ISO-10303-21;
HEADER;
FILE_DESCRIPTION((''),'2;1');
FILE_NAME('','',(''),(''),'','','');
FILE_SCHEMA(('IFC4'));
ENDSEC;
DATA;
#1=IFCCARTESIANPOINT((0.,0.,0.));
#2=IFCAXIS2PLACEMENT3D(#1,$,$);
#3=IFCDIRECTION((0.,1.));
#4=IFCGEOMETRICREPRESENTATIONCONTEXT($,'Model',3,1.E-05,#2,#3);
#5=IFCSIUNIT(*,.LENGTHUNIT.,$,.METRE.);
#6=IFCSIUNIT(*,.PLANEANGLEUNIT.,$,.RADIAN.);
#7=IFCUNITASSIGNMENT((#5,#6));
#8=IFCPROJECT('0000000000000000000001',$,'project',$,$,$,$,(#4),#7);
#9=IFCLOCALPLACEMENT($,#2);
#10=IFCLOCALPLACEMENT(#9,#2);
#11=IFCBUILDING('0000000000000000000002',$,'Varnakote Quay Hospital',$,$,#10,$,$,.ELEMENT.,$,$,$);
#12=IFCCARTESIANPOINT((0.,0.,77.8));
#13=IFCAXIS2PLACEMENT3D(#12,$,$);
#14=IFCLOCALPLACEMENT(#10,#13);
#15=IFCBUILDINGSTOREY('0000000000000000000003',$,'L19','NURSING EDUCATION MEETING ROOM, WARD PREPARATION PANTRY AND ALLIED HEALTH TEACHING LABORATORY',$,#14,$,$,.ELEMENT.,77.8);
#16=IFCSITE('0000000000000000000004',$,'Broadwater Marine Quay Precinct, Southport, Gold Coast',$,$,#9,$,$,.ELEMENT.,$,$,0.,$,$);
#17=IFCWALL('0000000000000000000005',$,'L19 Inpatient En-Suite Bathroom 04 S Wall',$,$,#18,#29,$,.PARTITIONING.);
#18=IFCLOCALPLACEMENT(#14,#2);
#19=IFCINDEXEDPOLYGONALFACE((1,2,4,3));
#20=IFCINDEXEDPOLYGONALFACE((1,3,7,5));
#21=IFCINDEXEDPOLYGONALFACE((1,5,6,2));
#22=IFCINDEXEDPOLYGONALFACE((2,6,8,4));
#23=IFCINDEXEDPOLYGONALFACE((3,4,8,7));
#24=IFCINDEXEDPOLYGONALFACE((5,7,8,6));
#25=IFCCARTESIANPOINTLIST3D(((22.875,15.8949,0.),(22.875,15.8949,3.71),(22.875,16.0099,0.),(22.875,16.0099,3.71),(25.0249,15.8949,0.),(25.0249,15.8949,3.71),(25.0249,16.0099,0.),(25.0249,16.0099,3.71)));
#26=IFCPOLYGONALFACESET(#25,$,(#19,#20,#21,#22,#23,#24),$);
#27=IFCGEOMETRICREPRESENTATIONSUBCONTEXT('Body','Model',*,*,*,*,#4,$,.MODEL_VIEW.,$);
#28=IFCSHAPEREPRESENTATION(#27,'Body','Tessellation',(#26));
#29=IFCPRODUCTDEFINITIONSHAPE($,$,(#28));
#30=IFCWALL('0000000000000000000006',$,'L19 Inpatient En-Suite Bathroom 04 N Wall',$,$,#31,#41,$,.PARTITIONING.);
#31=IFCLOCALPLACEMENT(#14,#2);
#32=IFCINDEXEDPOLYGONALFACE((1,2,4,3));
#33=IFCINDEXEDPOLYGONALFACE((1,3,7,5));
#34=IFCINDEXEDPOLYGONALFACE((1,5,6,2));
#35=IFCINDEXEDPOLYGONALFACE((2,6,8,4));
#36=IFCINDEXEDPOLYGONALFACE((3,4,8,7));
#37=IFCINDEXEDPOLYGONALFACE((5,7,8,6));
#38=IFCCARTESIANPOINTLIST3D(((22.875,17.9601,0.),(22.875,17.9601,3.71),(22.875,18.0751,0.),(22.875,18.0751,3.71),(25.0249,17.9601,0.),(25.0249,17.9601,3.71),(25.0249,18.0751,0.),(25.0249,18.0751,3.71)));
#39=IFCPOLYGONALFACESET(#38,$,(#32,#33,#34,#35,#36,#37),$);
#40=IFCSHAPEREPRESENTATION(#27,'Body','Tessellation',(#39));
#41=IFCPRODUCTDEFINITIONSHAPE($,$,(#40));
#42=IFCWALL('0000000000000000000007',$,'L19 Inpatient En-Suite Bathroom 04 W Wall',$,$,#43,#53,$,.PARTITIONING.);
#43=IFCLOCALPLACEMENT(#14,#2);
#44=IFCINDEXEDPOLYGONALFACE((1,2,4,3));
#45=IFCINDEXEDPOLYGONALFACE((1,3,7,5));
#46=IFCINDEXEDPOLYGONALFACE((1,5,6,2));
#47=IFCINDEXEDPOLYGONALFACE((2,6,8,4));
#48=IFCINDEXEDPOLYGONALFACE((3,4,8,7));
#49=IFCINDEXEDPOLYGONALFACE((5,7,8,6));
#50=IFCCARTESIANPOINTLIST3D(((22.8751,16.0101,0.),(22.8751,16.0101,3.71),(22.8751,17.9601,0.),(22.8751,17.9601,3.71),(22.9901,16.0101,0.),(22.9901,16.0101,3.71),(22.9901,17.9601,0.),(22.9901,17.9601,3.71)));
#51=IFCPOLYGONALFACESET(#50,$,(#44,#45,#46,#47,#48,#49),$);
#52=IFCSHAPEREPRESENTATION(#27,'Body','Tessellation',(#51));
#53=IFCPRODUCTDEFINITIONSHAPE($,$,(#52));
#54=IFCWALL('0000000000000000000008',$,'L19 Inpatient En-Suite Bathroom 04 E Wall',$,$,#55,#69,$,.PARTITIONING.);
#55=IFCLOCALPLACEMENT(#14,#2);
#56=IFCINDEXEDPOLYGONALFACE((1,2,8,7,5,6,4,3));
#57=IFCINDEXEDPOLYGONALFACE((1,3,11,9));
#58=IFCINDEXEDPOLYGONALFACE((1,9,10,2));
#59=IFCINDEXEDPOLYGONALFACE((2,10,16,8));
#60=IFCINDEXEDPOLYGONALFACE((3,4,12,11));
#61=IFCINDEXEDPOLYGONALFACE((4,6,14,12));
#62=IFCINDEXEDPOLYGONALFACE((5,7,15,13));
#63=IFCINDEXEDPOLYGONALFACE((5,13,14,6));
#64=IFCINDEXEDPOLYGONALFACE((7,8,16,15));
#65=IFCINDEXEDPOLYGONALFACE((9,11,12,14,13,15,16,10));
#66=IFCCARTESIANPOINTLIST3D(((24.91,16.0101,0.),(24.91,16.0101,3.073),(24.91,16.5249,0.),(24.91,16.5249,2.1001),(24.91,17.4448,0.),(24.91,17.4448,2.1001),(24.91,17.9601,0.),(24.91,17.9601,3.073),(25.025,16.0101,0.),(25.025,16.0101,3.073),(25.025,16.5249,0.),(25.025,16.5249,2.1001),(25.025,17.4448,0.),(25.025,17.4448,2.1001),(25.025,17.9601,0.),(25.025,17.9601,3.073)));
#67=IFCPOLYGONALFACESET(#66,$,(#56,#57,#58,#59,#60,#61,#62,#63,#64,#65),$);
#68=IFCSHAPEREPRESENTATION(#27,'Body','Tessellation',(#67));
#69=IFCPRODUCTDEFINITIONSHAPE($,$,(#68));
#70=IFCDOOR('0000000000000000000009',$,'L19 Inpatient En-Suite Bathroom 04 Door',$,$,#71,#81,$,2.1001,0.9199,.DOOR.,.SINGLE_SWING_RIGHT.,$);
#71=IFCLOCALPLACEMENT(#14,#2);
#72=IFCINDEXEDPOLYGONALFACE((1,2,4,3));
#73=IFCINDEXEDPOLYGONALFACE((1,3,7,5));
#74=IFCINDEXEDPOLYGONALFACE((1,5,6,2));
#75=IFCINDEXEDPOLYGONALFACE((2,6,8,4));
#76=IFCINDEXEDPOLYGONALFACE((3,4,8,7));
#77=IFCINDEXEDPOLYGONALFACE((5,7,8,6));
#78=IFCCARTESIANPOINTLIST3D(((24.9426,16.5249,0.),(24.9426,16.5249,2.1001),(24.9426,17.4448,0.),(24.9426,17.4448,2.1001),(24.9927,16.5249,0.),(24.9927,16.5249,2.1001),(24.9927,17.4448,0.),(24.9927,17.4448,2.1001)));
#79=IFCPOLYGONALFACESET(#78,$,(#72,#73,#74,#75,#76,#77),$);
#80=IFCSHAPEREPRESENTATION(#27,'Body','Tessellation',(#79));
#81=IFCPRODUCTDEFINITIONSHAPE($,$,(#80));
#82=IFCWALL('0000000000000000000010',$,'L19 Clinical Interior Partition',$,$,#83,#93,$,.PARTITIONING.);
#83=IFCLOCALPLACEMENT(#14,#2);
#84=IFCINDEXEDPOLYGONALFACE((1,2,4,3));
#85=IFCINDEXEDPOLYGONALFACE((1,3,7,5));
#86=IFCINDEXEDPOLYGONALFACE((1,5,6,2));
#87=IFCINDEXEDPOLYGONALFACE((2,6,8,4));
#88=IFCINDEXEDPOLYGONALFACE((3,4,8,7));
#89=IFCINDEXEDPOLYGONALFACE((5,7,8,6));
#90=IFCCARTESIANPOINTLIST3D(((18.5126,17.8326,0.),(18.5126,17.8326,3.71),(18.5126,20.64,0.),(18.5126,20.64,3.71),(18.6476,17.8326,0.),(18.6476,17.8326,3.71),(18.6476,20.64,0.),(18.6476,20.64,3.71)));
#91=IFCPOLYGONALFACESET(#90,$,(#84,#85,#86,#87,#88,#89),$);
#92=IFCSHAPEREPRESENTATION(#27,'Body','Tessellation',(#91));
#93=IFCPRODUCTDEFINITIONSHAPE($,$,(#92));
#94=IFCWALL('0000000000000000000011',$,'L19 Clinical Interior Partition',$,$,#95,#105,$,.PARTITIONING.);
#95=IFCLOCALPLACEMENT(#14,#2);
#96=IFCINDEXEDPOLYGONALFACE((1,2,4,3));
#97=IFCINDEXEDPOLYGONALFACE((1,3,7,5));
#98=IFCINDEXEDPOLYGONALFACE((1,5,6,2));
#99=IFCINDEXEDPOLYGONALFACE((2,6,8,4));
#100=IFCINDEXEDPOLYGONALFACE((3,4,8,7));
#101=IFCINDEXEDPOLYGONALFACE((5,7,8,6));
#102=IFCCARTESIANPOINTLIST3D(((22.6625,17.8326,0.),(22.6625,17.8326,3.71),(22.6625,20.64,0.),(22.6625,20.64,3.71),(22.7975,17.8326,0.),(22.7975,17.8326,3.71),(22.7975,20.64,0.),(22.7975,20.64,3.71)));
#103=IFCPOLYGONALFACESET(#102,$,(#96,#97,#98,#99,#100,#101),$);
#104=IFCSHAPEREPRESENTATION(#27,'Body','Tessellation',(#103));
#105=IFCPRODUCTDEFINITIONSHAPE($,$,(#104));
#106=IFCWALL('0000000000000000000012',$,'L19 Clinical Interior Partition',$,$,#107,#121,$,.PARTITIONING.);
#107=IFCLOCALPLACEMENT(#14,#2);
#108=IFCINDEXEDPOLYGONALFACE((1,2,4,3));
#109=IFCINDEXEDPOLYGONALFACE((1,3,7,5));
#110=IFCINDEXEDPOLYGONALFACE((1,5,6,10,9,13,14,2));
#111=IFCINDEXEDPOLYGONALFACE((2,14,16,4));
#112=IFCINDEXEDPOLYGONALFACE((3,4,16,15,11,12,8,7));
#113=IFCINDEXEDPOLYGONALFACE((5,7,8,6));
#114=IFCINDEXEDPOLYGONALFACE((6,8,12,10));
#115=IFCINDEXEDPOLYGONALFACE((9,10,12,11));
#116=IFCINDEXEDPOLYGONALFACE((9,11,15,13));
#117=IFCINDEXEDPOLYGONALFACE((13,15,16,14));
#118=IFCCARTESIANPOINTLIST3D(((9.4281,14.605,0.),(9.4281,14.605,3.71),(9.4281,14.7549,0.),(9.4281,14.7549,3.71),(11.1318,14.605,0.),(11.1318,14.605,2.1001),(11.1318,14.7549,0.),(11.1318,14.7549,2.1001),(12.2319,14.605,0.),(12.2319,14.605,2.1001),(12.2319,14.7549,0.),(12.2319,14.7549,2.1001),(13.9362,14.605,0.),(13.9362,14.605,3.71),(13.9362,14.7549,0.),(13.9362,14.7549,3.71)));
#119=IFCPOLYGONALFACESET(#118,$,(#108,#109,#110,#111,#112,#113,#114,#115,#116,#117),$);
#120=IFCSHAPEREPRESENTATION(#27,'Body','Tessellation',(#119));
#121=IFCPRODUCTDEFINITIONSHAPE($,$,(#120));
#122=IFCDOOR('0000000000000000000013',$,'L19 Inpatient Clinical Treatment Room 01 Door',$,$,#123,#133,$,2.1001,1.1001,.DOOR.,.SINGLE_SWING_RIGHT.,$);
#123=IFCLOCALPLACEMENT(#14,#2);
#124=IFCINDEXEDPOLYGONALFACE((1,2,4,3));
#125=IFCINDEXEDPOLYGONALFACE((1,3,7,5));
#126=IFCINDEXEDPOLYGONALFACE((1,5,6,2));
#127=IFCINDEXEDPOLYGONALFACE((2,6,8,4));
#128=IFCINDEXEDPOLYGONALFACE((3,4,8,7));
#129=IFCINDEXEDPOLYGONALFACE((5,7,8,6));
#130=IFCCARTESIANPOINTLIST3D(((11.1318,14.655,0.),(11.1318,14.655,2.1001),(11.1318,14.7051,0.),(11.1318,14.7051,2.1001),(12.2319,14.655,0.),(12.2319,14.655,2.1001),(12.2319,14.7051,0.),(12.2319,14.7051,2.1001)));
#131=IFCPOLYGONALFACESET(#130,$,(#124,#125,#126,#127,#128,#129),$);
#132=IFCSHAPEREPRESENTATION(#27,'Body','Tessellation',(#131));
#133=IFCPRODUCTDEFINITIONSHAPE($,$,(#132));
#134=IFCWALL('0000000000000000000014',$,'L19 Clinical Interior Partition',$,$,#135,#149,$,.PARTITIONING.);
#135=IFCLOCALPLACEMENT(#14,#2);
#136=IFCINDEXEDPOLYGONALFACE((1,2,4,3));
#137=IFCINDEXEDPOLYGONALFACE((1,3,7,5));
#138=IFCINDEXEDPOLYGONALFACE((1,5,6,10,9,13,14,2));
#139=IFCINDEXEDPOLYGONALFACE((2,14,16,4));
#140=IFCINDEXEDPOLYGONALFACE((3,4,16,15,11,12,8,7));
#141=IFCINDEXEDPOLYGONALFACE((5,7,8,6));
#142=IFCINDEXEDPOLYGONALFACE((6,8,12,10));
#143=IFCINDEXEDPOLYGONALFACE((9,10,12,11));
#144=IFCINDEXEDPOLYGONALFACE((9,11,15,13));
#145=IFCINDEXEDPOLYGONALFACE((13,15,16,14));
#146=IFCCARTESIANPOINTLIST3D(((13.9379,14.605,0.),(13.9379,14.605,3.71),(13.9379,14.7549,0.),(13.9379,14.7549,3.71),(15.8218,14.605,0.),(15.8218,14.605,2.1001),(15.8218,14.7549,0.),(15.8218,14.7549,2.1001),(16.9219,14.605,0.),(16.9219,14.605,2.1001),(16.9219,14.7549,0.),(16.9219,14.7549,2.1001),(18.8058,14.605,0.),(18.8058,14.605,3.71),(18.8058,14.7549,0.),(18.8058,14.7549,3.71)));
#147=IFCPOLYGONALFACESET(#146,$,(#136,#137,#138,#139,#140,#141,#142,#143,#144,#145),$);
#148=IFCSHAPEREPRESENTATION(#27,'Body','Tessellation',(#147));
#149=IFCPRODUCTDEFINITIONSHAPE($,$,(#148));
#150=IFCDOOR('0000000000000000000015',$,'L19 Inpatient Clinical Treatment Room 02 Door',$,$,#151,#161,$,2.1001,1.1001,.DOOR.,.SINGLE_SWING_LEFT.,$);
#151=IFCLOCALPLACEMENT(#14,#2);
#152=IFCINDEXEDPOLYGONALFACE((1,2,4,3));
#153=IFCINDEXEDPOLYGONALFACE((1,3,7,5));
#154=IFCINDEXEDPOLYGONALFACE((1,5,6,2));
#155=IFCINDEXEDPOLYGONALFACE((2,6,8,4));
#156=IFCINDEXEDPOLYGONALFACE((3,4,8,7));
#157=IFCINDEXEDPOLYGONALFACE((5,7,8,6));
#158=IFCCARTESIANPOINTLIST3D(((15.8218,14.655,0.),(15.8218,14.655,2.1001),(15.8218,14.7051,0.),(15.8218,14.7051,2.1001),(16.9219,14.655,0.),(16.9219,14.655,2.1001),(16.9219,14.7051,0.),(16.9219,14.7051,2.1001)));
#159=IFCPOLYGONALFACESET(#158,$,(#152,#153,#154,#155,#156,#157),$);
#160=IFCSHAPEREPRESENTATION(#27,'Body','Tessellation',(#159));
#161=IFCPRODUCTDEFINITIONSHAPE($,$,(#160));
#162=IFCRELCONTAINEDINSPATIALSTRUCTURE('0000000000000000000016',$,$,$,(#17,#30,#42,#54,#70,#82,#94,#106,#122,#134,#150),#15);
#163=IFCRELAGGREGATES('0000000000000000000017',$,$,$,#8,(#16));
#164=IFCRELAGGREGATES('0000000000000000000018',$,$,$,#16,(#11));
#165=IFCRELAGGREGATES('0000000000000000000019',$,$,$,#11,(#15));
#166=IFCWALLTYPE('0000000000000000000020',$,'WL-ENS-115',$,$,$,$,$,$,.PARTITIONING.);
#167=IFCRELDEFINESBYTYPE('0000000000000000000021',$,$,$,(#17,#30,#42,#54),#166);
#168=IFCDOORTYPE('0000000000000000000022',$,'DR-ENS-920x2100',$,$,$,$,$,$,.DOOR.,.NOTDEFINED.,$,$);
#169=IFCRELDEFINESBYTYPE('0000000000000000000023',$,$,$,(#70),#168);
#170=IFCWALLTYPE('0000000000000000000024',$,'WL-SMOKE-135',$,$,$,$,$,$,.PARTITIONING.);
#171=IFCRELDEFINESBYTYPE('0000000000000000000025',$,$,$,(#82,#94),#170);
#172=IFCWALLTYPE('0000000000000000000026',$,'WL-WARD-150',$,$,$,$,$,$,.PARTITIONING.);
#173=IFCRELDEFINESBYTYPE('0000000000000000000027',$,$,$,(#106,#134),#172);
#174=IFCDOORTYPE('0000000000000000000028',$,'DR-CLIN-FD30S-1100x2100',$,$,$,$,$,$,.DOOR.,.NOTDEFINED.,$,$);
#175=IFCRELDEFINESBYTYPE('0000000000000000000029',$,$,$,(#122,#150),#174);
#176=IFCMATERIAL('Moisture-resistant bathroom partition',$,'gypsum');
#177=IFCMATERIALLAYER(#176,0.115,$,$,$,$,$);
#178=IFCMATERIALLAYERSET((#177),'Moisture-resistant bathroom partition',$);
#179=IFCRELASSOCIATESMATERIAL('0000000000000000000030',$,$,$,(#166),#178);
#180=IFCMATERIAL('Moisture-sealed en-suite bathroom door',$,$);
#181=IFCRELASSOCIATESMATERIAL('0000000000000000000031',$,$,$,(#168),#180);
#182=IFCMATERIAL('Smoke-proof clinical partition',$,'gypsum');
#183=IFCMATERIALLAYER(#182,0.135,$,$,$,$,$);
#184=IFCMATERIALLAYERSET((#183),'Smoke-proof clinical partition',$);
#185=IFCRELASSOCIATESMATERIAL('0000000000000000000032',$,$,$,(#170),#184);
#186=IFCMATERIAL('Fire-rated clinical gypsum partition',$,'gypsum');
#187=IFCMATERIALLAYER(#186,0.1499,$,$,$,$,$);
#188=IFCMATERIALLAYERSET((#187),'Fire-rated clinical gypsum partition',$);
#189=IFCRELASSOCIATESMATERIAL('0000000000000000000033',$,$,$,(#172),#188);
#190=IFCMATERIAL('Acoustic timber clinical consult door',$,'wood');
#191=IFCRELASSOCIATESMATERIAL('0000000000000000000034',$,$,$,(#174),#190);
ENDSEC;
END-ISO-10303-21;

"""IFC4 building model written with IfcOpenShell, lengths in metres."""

from ifc_helpers import new_model, si_unit, direction, frame, frame_2d, origin, place, context, subcontext, project, spatial, rectangle, extrude, material, layer, layer_set, type_object, element, fill, save


model = new_model("IFC4")

# Units and contexts
model_context = context("Model", 3, precision=1e-05, world=origin(), true_north=direction((0.0, 1.0)))
body_context = subcontext(model_context, "Body", "Model", "MODEL_VIEW")
ifc_project = project(units=[si_unit("LENGTHUNIT", "METRE"), si_unit("PLANEANGLEUNIT", "RADIAN")], contexts=[model_context])

# Site, building, storey
site_placement = place(None, origin())
site = spatial("IfcSite", under=ifc_project, at=site_placement, Name="Broadwater Marine Quay Precinct, Southport, Gold Coast", CompositionType="ELEMENT", RefElevation=0.0)
building_placement = place(site_placement, origin())
building = spatial("IfcBuilding", under=site, at=building_placement, Name="Varnakote Quay Hospital", CompositionType="ELEMENT")
storey_placement = place(building_placement, frame((0.0, 0.0, 77.8)))
storey = spatial("IfcBuildingStorey", under=building, at=storey_placement, Name="L19", Description="NURSING EDUCATION MEETING ROOM, WARD PREPARATION PANTRY AND ALLIED HEALTH TEACHING LABORATORY", CompositionType="ELEMENT", Elevation=77.8)

# Shared definitions
ifc_material_1 = material(Name="Moisture-resistant bathroom partition", Category="gypsum")
ifc_layer_1 = layer(ifc_material_1, 0.115)
ifc_layer_set_1 = layer_set([ifc_layer_1], Name="Moisture-resistant bathroom partition")
wall_type_1 = type_object("IfcWallType", Name="WL-ENS-115", PredefinedType="PARTITIONING", material=ifc_layer_set_1)

# Shared definitions
ifc_material_2 = material(Name="Moisture-sealed en-suite bathroom door")
door_type_1 = type_object("IfcDoorType", Name="DR-ENS-920x2100", OperationType="NOTDEFINED", PredefinedType="DOOR", material=ifc_material_2)

# Walls
for number, where, z_axis, x_axis, name in (
    (1, (22.875, 15.9524, 0.0), (0.0, 0.0, 1.0), (1.0, 0.0, 0.0), "L19 Inpatient En-Suite Bathroom 04 S Wall"),
    (2, (22.875, 18.0176, 0.0), (0.0, 0.0, 1.0), (1.0, 0.0, 0.0), "L19 Inpatient En-Suite Bathroom 04 N Wall"),
):
    element("IfcWall", number, at=place(storey_placement, frame(where, z_axis=z_axis, x_axis=x_axis)), inside=storey, type_object=wall_type_1, Name=name, PredefinedType="PARTITIONING", context=body_context, shape_type="SweptSolid", body=[
        extrude(rectangle(XDim=2.1499, YDim=0.115, at=frame_2d((1.075, 0.0))), origin(), (0.0, 0.0, 1.0), 3.71),
    ])
wall_1_placement = place(storey_placement, frame((22.9326, 16.01, 0.0), z_axis=(0.0, 0.0, 1.0), x_axis=(0.0, 1.0, 0.0)))
element("IfcWall", 3, at=wall_1_placement, inside=storey, type_object=wall_type_1, Name="L19 Inpatient En-Suite Bathroom 04 W Wall", PredefinedType="PARTITIONING", context=body_context, shape_type="SweptSolid", body=[
    extrude(rectangle(XDim=1.95, YDim=0.115, at=frame_2d((0.9751, 0.0))), origin(), (0.0, 0.0, 1.0), 3.71),
])

# Wall, opening, door
wall_2_placement = place(storey_placement, frame((24.9675, 16.01, 0.0), z_axis=(0.0, 0.0, 1.0), x_axis=(0.0, 1.0, 0.0)))
wall_2 = element("IfcWall", 4, at=wall_2_placement, inside=storey, type_object=wall_type_1, Name="L19 Inpatient En-Suite Bathroom 04 E Wall", PredefinedType="PARTITIONING", context=body_context, shape_type="SweptSolid", body=[
    extrude(rectangle(XDim=1.95, YDim=0.115, at=frame_2d((0.9751, 0.0))), origin(), (0.0, 0.0, 1.0), 3.073),
])
opening_1_placement = place(wall_2_placement, frame((0.5149, 0.0, 0.0)))
opening_1 = element("IfcOpeningElement", 5, at=opening_1_placement, cuts=wall_2, PredefinedType="OPENING", context=body_context, shape_type="SweptSolid", body=[
    extrude(rectangle(XDim=0.9199, YDim=2.1001, at=frame_2d((0.46, 1.05))), frame((0.0, 0.0674, 0.0), z_axis=(0.0, -1.0, 0.0), x_axis=(1.0, 0.0, 0.0)), (0.0, 0.0, 1.0), 0.135),
])
door_1_placement = place(opening_1_placement, origin())
door_1 = element("IfcDoor", 6, at=door_1_placement, inside=storey, type_object=door_type_1, Name="L19 Inpatient En-Suite Bathroom 04 Door", OperationType="SINGLE_SWING_RIGHT", OverallHeight=2.1001, OverallWidth=0.9199, PredefinedType="DOOR", context=body_context, shape_type="SweptSolid", body=[
    extrude(rectangle(XDim=0.9199, YDim=2.1001, at=frame_2d((0.46, 1.05))), frame((0.0, 0.0249, 0.0), z_axis=(0.0, -1.0, 0.0), x_axis=(1.0, 0.0, 0.0)), (0.0, 0.0, 1.0), 0.05),
])
fill(opening_1, door_1)

# Walls
ifc_material_3 = material(Name="Smoke-proof clinical partition", Category="gypsum")
ifc_layer_2 = layer(ifc_material_3, 0.135)
ifc_layer_set_2 = layer_set([ifc_layer_2], Name="Smoke-proof clinical partition")
wall_type_2 = type_object("IfcWallType", Name="WL-SMOKE-135", PredefinedType="PARTITIONING", material=ifc_layer_set_2)
for number, where, z_axis, x_axis, name in (
    (7, (18.5801, 17.8325, 0.0), (0.0, 0.0, 1.0), (0.0, 1.0, 0.0), "L19 Clinical Interior Partition"),
    (8, (22.73, 17.8325, 0.0), (0.0, 0.0, 1.0), (0.0, 1.0, 0.0), "L19 Clinical Interior Partition"),
):
    element("IfcWall", number, at=place(storey_placement, frame(where, z_axis=z_axis, x_axis=x_axis)), inside=storey, type_object=wall_type_2, Name=name, PredefinedType="PARTITIONING", context=body_context, shape_type="SweptSolid", body=[
        extrude(rectangle(XDim=2.8074, YDim=0.135, at=frame_2d((1.4038, 0.0))), origin(), (0.0, 0.0, 1.0), 3.71),
    ])

# Walls, openings, doors
ifc_material_4 = material(Name="Fire-rated clinical gypsum partition", Category="gypsum")
ifc_layer_3 = layer(ifc_material_4, 0.1499)
ifc_layer_set_3 = layer_set([ifc_layer_3], Name="Fire-rated clinical gypsum partition")
wall_type_3 = type_object("IfcWallType", Name="WL-WARD-150", PredefinedType="PARTITIONING", material=ifc_layer_set_3)
wall_3_placement = place(storey_placement, frame((13.936, 14.6799, 0.0), z_axis=(0.0, 0.0, 1.0), x_axis=(-1.0, 0.0, 0.0)))
wall_3 = element("IfcWall", 9, at=wall_3_placement, inside=storey, type_object=wall_type_3, Name="L19 Clinical Interior Partition", PredefinedType="PARTITIONING", context=body_context, shape_type="SweptSolid", body=[
    extrude(rectangle(XDim=4.5081, YDim=0.1499, at=frame_2d((2.2539, 0.0))), origin(), (0.0, 0.0, 1.0), 3.71),
])
opening_2_placement = place(wall_3_placement, frame((1.7041, 0.0, 0.0)))
opening_2 = element("IfcOpeningElement", 10, at=opening_2_placement, cuts=wall_3, PredefinedType="OPENING", context=body_context, shape_type="SweptSolid", body=[
    extrude(rectangle(XDim=1.1001, YDim=2.1001, at=frame_2d((0.55, 1.05))), frame((0.0, 0.085, 0.0), z_axis=(0.0, -1.0, 0.0), x_axis=(1.0, 0.0, 0.0)), (0.0, 0.0, 1.0), 0.1699),
])
ifc_material_5 = material(Name="Acoustic timber clinical consult door", Category="wood")
door_type_2 = type_object("IfcDoorType", Name="DR-CLIN-FD30S-1100x2100", OperationType="NOTDEFINED", PredefinedType="DOOR", material=ifc_material_5)
door_2_placement = place(opening_2_placement, origin())
door_2 = element("IfcDoor", 11, at=door_2_placement, inside=storey, type_object=door_type_2, Name="L19 Inpatient Clinical Treatment Room 01 Door", OperationType="SINGLE_SWING_RIGHT", OverallHeight=2.1001, OverallWidth=1.1001, PredefinedType="DOOR", context=body_context, shape_type="SweptSolid", body=[
    extrude(rectangle(XDim=1.1001, YDim=2.1001, at=frame_2d((0.55, 1.05))), frame((0.0, 0.0249, 0.0), z_axis=(0.0, -1.0, 0.0), x_axis=(1.0, 0.0, 0.0)), (0.0, 0.0, 1.0), 0.05),
])
fill(opening_2, door_2)
wall_4_placement = place(storey_placement, frame((18.8059, 14.6799, 0.0), z_axis=(0.0, 0.0, 1.0), x_axis=(-1.0, 0.0, 0.0)))
wall_4 = element("IfcWall", 12, at=wall_4_placement, inside=storey, type_object=wall_type_3, Name="L19 Clinical Interior Partition", PredefinedType="PARTITIONING", context=body_context, shape_type="SweptSolid", body=[
    extrude(rectangle(XDim=4.8679, YDim=0.1499, at=frame_2d((2.4341, 0.0))), origin(), (0.0, 0.0, 1.0), 3.71),
])
opening_3_placement = place(wall_4_placement, frame((1.884, 0.0, 0.0)))
opening_3 = element("IfcOpeningElement", 13, at=opening_3_placement, cuts=wall_4, PredefinedType="OPENING", context=body_context, shape_type="SweptSolid", body=[
    extrude(rectangle(XDim=1.1001, YDim=2.1001, at=frame_2d((0.55, 1.05))), frame((0.0, 0.085, 0.0), z_axis=(0.0, -1.0, 0.0), x_axis=(1.0, 0.0, 0.0)), (0.0, 0.0, 1.0), 0.1699),
])
door_3_placement = place(opening_3_placement, origin())
door_3 = element("IfcDoor", 14, at=door_3_placement, inside=storey, type_object=door_type_2, Name="L19 Inpatient Clinical Treatment Room 02 Door", OperationType="SINGLE_SWING_LEFT", OverallHeight=2.1001, OverallWidth=1.1001, PredefinedType="DOOR", context=body_context, shape_type="SweptSolid", body=[
    extrude(rectangle(XDim=1.1001, YDim=2.1001, at=frame_2d((0.55, 1.05))), frame((0.0, 0.0249, 0.0), z_axis=(0.0, -1.0, 0.0), x_axis=(1.0, 0.0, 0.0)), (0.0, 0.0, 1.0), 0.05),
])
fill(opening_3, door_3)

save(model, "model.ifc")
